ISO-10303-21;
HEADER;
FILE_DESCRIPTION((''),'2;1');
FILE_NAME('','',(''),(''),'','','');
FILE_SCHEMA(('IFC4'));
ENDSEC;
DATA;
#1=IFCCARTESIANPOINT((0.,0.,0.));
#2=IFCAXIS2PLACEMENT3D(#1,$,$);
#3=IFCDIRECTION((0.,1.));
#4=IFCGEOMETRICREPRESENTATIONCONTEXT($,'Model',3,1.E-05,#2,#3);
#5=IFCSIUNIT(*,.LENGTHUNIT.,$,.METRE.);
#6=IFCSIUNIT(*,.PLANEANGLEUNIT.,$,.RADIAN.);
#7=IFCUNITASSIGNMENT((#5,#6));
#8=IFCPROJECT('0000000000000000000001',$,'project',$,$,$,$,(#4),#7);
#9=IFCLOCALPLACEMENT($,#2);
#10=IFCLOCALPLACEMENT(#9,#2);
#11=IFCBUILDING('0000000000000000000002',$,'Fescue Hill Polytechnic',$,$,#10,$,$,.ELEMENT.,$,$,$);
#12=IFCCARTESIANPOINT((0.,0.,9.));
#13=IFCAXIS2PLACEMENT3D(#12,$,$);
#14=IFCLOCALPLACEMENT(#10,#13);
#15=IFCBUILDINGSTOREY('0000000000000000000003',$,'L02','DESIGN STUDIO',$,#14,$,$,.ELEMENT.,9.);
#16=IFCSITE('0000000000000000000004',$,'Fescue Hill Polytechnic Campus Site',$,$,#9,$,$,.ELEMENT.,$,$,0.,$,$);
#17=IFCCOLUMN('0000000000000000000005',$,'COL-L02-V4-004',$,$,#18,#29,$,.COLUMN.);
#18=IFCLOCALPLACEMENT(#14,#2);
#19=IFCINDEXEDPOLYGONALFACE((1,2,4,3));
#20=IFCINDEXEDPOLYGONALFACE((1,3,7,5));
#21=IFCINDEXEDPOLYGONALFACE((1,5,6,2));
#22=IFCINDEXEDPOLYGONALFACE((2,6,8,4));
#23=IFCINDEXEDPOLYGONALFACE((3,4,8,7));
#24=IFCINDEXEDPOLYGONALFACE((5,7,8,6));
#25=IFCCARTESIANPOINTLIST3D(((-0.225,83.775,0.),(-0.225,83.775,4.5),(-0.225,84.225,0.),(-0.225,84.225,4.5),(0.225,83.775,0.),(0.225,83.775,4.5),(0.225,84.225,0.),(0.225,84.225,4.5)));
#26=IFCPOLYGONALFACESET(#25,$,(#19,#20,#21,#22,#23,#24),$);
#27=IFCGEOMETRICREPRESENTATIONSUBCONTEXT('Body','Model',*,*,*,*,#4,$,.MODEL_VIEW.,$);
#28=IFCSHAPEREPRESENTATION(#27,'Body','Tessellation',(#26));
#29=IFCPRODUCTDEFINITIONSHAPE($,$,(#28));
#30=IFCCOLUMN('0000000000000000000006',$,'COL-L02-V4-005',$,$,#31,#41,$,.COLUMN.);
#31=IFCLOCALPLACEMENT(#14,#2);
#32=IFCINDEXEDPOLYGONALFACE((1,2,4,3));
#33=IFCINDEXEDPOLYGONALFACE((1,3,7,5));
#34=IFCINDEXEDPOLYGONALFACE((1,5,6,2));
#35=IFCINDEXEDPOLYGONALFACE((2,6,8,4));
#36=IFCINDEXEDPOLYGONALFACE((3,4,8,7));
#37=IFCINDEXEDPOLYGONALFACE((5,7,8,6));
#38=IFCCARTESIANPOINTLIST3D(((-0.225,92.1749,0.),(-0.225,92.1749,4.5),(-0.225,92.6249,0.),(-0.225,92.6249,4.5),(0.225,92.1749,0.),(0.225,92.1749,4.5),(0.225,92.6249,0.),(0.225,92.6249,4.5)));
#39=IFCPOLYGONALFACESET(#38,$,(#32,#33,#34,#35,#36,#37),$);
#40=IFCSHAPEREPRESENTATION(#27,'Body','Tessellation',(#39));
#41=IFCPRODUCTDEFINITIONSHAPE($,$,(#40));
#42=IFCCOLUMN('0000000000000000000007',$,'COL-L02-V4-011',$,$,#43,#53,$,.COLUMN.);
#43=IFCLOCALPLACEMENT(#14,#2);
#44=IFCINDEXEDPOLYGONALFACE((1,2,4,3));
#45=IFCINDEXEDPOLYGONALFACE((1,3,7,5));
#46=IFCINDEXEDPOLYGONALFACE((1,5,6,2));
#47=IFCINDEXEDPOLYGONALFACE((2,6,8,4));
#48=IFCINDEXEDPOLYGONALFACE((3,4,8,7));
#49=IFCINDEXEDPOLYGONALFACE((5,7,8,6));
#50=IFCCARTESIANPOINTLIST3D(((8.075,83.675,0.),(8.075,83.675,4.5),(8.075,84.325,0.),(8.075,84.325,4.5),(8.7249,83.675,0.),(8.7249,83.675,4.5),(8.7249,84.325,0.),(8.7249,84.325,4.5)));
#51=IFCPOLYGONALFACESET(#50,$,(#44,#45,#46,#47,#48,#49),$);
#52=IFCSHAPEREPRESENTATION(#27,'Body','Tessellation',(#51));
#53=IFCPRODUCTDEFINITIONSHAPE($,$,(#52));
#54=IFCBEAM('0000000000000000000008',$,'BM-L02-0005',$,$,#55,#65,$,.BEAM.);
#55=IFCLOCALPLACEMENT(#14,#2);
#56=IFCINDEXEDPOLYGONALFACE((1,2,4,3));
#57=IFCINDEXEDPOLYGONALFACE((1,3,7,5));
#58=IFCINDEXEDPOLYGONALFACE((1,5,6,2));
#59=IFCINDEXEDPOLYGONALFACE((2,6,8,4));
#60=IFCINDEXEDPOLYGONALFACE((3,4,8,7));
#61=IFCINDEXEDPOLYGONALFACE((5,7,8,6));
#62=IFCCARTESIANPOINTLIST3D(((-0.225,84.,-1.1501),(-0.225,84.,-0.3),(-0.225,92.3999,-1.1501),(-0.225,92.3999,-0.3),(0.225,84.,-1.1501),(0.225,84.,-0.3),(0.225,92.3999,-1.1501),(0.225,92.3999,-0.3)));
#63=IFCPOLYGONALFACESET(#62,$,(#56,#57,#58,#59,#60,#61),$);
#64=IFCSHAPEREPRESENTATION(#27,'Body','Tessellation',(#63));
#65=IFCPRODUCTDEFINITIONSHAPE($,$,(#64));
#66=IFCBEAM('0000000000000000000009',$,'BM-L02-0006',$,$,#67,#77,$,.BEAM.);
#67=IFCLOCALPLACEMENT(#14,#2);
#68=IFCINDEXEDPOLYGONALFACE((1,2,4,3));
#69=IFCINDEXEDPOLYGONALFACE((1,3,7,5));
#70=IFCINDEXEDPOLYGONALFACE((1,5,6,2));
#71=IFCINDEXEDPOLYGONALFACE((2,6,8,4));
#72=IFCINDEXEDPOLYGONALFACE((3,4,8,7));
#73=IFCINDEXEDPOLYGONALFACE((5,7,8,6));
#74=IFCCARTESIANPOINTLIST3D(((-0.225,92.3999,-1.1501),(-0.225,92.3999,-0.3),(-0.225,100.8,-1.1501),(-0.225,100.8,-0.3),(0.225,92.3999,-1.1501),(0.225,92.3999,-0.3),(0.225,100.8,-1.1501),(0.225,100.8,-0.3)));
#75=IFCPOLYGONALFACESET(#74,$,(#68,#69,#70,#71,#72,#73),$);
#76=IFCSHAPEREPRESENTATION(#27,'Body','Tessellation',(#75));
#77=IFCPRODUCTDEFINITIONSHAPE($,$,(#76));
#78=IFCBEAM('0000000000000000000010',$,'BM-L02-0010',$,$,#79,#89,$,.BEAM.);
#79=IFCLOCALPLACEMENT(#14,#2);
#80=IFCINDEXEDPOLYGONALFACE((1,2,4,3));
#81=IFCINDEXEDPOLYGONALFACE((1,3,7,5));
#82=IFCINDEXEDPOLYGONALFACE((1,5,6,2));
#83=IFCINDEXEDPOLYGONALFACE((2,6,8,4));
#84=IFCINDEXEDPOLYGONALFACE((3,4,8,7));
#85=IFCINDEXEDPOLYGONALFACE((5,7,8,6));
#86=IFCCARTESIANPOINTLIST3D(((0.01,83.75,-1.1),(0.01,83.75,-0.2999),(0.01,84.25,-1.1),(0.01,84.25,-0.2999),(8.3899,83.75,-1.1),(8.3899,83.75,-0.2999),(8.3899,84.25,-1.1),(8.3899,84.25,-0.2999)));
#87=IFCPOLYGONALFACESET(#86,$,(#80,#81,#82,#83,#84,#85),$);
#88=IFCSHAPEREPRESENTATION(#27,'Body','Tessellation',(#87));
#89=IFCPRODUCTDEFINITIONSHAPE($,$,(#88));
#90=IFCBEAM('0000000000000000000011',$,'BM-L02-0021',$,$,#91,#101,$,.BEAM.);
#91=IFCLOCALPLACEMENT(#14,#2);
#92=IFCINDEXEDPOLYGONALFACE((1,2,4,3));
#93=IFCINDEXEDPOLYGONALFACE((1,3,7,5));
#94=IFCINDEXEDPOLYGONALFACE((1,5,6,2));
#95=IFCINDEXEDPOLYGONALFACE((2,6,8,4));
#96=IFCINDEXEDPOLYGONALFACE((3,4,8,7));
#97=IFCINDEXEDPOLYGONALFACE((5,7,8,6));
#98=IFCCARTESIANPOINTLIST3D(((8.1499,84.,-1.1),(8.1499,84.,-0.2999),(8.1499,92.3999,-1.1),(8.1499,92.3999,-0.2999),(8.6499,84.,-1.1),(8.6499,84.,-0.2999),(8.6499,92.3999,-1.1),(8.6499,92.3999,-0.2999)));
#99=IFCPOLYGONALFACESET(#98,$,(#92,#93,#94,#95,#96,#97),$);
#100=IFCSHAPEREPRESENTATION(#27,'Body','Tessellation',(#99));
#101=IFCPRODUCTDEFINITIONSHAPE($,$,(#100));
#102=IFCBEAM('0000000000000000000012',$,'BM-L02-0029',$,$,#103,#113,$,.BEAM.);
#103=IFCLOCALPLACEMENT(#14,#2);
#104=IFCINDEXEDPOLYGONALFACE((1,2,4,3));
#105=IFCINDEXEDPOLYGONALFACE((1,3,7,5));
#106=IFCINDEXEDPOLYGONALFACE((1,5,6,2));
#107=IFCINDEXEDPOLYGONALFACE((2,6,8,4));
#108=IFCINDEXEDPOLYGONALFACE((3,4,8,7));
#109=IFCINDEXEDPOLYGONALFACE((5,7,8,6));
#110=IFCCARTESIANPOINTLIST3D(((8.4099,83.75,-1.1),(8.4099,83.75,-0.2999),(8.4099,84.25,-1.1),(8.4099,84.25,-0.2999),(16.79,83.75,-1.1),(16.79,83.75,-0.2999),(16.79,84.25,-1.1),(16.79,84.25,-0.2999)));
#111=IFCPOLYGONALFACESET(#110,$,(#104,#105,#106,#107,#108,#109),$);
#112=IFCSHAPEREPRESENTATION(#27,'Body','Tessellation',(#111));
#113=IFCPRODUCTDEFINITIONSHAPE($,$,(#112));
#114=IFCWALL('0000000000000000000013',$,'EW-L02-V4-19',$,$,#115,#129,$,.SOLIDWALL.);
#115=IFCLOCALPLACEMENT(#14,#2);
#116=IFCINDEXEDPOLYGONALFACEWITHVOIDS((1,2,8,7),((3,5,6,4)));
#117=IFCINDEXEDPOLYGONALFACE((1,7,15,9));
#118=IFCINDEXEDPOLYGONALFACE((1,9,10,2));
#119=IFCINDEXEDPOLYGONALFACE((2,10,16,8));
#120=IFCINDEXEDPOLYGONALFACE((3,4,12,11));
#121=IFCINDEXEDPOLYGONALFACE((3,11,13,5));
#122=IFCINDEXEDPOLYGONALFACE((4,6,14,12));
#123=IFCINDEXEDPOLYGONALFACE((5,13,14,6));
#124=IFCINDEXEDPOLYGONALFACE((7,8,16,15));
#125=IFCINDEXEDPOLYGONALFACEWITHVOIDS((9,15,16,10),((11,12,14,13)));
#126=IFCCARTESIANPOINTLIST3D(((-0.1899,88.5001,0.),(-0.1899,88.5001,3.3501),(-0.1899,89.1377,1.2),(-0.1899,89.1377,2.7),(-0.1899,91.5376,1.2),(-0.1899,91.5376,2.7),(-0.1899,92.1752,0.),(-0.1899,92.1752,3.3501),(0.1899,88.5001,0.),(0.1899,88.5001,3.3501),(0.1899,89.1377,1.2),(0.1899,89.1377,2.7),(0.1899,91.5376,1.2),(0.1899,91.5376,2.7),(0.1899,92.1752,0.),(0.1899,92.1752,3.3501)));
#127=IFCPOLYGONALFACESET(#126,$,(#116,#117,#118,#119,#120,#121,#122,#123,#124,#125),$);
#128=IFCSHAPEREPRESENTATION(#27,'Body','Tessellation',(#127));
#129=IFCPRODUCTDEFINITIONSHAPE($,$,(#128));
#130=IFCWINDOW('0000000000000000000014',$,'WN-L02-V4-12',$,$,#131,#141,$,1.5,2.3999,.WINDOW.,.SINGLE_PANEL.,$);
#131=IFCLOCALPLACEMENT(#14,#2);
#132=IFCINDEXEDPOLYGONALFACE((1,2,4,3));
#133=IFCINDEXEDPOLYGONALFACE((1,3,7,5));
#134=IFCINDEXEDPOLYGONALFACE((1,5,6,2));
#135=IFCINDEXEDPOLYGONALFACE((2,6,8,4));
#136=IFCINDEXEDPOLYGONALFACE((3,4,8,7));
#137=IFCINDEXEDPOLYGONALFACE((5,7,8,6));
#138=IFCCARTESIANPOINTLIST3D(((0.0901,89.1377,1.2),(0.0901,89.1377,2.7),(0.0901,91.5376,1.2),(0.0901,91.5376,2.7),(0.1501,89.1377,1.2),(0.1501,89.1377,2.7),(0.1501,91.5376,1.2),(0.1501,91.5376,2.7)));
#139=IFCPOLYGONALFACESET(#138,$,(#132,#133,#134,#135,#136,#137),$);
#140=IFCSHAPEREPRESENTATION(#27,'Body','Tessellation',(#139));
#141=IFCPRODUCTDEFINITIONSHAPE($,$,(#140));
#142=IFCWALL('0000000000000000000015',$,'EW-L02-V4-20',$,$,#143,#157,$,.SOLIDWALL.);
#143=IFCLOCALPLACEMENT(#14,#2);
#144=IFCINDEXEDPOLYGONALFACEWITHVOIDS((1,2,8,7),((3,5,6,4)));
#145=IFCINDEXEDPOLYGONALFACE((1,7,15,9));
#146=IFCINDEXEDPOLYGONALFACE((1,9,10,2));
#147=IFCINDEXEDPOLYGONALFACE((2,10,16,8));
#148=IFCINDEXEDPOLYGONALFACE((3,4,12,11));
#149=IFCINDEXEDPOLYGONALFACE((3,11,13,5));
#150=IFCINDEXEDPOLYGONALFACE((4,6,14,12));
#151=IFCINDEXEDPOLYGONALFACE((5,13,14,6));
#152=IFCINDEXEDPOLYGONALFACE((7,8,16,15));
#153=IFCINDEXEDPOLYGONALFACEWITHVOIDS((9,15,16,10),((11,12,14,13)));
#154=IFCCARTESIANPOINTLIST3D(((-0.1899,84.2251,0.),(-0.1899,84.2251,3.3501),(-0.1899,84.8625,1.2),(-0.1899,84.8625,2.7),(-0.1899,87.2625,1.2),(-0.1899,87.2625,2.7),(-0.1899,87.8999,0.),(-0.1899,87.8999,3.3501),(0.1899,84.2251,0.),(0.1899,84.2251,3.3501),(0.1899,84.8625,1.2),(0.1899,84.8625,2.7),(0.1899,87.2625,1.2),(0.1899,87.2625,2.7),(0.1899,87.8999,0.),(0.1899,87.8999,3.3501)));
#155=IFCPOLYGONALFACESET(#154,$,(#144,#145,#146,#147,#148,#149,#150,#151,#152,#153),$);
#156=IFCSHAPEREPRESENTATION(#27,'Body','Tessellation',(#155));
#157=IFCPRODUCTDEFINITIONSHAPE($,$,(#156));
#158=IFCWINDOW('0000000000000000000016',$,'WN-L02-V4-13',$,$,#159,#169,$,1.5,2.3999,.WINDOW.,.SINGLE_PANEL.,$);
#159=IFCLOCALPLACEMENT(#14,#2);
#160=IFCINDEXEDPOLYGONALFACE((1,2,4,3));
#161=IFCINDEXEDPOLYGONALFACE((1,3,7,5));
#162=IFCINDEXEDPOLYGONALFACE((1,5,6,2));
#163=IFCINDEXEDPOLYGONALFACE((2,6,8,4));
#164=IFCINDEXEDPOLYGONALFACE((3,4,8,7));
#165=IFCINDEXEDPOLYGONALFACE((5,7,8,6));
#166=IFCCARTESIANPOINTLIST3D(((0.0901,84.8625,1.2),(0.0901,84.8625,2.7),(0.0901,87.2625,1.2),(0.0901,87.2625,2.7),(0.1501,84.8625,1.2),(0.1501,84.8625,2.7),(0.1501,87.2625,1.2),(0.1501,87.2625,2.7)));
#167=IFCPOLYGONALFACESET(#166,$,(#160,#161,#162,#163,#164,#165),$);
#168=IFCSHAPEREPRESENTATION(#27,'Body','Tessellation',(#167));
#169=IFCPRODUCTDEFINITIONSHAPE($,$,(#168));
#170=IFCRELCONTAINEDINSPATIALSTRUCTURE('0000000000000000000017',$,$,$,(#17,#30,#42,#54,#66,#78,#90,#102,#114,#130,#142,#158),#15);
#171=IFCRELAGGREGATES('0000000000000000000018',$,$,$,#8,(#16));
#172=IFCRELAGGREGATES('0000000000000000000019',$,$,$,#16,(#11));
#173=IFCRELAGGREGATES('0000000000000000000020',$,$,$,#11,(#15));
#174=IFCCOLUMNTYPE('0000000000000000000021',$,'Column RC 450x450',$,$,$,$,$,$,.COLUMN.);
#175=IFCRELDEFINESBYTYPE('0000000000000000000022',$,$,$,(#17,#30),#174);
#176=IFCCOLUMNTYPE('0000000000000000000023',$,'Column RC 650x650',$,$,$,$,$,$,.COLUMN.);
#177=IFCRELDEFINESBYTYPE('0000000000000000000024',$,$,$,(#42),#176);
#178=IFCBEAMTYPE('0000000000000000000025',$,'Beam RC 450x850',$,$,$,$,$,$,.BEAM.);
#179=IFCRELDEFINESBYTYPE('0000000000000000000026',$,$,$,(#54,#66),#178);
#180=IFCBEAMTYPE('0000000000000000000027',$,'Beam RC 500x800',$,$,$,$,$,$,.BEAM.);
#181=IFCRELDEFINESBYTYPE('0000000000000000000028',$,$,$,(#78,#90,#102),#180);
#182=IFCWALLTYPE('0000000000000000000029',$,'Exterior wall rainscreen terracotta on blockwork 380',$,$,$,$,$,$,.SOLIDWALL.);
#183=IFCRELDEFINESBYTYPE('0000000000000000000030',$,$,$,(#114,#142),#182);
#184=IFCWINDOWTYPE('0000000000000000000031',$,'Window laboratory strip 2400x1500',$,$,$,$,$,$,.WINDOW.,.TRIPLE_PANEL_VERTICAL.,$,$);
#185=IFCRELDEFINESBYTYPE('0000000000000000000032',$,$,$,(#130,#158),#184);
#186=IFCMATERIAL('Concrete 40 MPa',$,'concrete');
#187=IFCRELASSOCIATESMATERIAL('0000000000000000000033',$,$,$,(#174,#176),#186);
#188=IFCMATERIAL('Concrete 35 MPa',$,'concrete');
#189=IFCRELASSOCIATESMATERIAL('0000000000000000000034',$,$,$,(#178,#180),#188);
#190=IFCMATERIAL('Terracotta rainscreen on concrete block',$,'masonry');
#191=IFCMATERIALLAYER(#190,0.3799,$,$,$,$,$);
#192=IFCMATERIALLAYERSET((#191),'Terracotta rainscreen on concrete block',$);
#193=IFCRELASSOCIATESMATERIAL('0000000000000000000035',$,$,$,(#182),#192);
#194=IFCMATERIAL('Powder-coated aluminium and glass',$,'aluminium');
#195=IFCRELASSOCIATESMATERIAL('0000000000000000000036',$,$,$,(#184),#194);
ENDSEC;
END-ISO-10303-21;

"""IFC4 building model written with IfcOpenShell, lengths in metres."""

from ifc_helpers import new_model, si_unit, direction, frame, frame_2d, origin, origin_2d, place, context, subcontext, project, spatial, rectangle, extrude, material, layer, layer_set, material_profile, profile_set, type_object, element, fill, save


model = new_model("IFC4")

# Units and contexts
model_context = context("Model", 3, precision=1e-05, world=origin(), true_north=direction((0.0, 1.0)))
body_context = subcontext(model_context, "Body", "Model", "MODEL_VIEW")
ifc_project = project(units=[si_unit("LENGTHUNIT", "METRE"), si_unit("PLANEANGLEUNIT", "RADIAN")], contexts=[model_context])

# Site, building, storey
site_placement = place(None, origin())
site = spatial("IfcSite", under=ifc_project, at=site_placement, Name="Fescue Hill Polytechnic Campus Site", CompositionType="ELEMENT", RefElevation=0.0)
building_placement = place(site_placement, origin())
building = spatial("IfcBuilding", under=site, at=building_placement, Name="Fescue Hill Polytechnic", CompositionType="ELEMENT")
storey_placement = place(building_placement, frame((0.0, 0.0, 9.0)))
storey = spatial("IfcBuildingStorey", under=building, at=storey_placement, Name="L02", Description="DESIGN STUDIO", CompositionType="ELEMENT", Elevation=9.0)

# Columns
ifc_material_1 = material(Name="Concrete 40 MPa", Category="concrete")
ifc_material_profile_1 = material_profile(ifc_material_1, rectangle(XDim=0.45, YDim=0.45, at=origin_2d()), Name="RC 450x450")
ifc_profile_set_1 = profile_set([ifc_material_profile_1], Name="Concrete 40 MPa")
column_type_1 = type_object("IfcColumnType", Name="Column RC 450x450", PredefinedType="COLUMN", material=ifc_profile_set_1)
for number, where, z_axis, x_axis, name in (
    (1, (0.0, 84.0, 0.0), (0.0, 0.0, 1.0), (1.0, 0.0, 0.0), "COL-L02-V4-004"),
    (2, (0.0, 92.3999, 0.0), (0.0, 0.0, 1.0), (1.0, 0.0, 0.0), "COL-L02-V4-005"),
):
    element("IfcColumn", number, at=place(storey_placement, frame(where, z_axis=z_axis, x_axis=x_axis)), inside=storey, type_object=column_type_1, Name=name, PredefinedType="COLUMN", context=body_context, shape_type="SweptSolid", body=[
        extrude(rectangle(XDim=0.45, YDim=0.45, at=origin_2d()), origin(), (0.0, 0.0, 1.0), 4.5),
    ])
ifc_material_profile_2 = material_profile(ifc_material_1, rectangle(XDim=0.6499, YDim=0.6499, at=origin_2d()), Name="RC 650x650")
ifc_profile_set_2 = profile_set([ifc_material_profile_2], Name="Concrete 40 MPa")
column_type_2 = type_object("IfcColumnType", Name="Column RC 650x650", PredefinedType="COLUMN", material=ifc_profile_set_2)
column_placement = place(storey_placement, frame((8.3999, 84.0, 0.0), z_axis=(0.0, 0.0, 1.0), x_axis=(1.0, 0.0, 0.0)))
element("IfcColumn", 3, at=column_placement, inside=storey, type_object=column_type_2, Name="COL-L02-V4-011", PredefinedType="COLUMN", context=body_context, shape_type="SweptSolid", body=[
    extrude(rectangle(XDim=0.6499, YDim=0.6499, at=origin_2d()), origin(), (0.0, 0.0, 1.0), 4.5),
])

# Beams
ifc_material_2 = material(Name="Concrete 35 MPa", Category="concrete")
ifc_material_profile_3 = material_profile(ifc_material_2, rectangle(XDim=0.45, YDim=0.8501, at=origin_2d()), Name="RC 450x850")
ifc_profile_set_3 = profile_set([ifc_material_profile_3], Name="Concrete 35 MPa")
beam_type_1 = type_object("IfcBeamType", Name="Beam RC 450x850", PredefinedType="BEAM", material=ifc_profile_set_3)
beam_1_placement = place(storey_placement, frame((0.0, 84.0, -0.7251), z_axis=(0.0, 1.0, 0.0), x_axis=(-1.0, 0.0, 0.0)))
element("IfcBeam", 4, at=beam_1_placement, inside=storey, type_object=beam_type_1, Name="BM-L02-0005", PredefinedType="BEAM", context=body_context, shape_type="SweptSolid", body=[
    extrude(rectangle(XDim=0.45, YDim=0.8501, at=origin_2d()), origin(), (0.0, 0.0, 1.0), 8.3999),
])
beam_2_placement = place(storey_placement, frame((0.0, 92.3999, -0.7251), z_axis=(0.0, 1.0, 0.0), x_axis=(-1.0, 0.0, 0.0)))
element("IfcBeam", 5, at=beam_2_placement, inside=storey, type_object=beam_type_1, Name="BM-L02-0006", PredefinedType="BEAM", context=body_context, shape_type="SweptSolid", body=[
    extrude(rectangle(XDim=0.45, YDim=0.8501, at=origin_2d()), origin(), (0.0, 0.0, 1.0), 8.4001),
])
ifc_material_profile_4 = material_profile(ifc_material_2, rectangle(XDim=0.5, YDim=0.8, at=origin_2d()), Name="RC 500x800")
ifc_profile_set_4 = profile_set([ifc_material_profile_4], Name="Concrete 35 MPa")
beam_type_2 = type_object("IfcBeamType", Name="Beam RC 500x800", PredefinedType="BEAM", material=ifc_profile_set_4)
beam_3_placement = place(storey_placement, frame((0.01, 84.0, -0.7), z_axis=(1.0, 0.0, 0.0), x_axis=(0.0, 1.0, 0.0)))
element("IfcBeam", 6, at=beam_3_placement, inside=storey, type_object=beam_type_2, Name="BM-L02-0010", PredefinedType="BEAM", context=body_context, shape_type="SweptSolid", body=[
    extrude(rectangle(XDim=0.5, YDim=0.8, at=origin_2d()), origin(), (0.0, 0.0, 1.0), 8.3799),
])
beam_4_placement = place(storey_placement, frame((8.3999, 84.0, -0.7), z_axis=(0.0, 1.0, 0.0), x_axis=(-1.0, 0.0, 0.0)))
element("IfcBeam", 7, at=beam_4_placement, inside=storey, type_object=beam_type_2, Name="BM-L02-0021", PredefinedType="BEAM", context=body_context, shape_type="SweptSolid", body=[
    extrude(rectangle(XDim=0.5, YDim=0.8, at=origin_2d()), origin(), (0.0, 0.0, 1.0), 8.3999),
])
beam_5_placement = place(storey_placement, frame((8.4099, 84.0, -0.7), z_axis=(1.0, 0.0, 0.0), x_axis=(0.0, 1.0, 0.0)))
element("IfcBeam", 8, at=beam_5_placement, inside=storey, type_object=beam_type_2, Name="BM-L02-0029", PredefinedType="BEAM", context=body_context, shape_type="SweptSolid", body=[
    extrude(rectangle(XDim=0.5, YDim=0.8, at=origin_2d()), origin(), (0.0, 0.0, 1.0), 8.3801),
])

# Walls, openings, windows
ifc_material_3 = material(Name="Terracotta rainscreen on concrete block", Category="masonry")
ifc_layer_1 = layer(ifc_material_3, 0.3799)
ifc_layer_set_1 = layer_set([ifc_layer_1], Name="Terracotta rainscreen on concrete block")
wall_type_1 = type_object("IfcWallType", Name="Exterior wall rainscreen terracotta on blockwork 380", PredefinedType="SOLIDWALL", material=ifc_layer_set_1)
wall_1_placement = place(storey_placement, frame((0.0, 92.175, 0.0), z_axis=(0.0, 0.0, 1.0), x_axis=(0.0, -1.0, 0.0)))
wall_1 = element("IfcWall", 9, at=wall_1_placement, inside=storey, type_object=wall_type_1, Name="EW-L02-V4-19", PredefinedType="SOLIDWALL", context=body_context, shape_type="SweptSolid", body=[
    extrude(rectangle(XDim=3.675, YDim=0.3799, at=frame_2d((1.8374, 0.0))), origin(), (0.0, 0.0, 1.0), 3.3501),
])
opening_1_placement = place(wall_1_placement, frame((0.6375, 0.0, 1.2)))
opening_1 = element("IfcOpeningElement", 10, at=opening_1_placement, cuts=wall_1, PredefinedType="OPENING", context=body_context, shape_type="SweptSolid", body=[
    extrude(rectangle(XDim=2.3999, YDim=1.5, at=frame_2d((1.2, 0.75))), frame((0.0, 0.2, 0.0), z_axis=(0.0, -1.0, 0.0), x_axis=(1.0, 0.0, 0.0)), (0.0, 0.0, 1.0), 0.3999),
])
ifc_material_4 = material(Name="Powder-coated aluminium and glass", Category="aluminium")
window_type = type_object("IfcWindowType", Name="Window laboratory strip 2400x1500", PartitioningType="TRIPLE_PANEL_VERTICAL", PredefinedType="WINDOW", material=ifc_material_4)
window_1_placement = place(opening_1_placement, origin())
window_1 = element("IfcWindow", 11, at=window_1_placement, inside=storey, type_object=window_type, Name="WN-L02-V4-12", OverallHeight=1.5, OverallWidth=2.3999, PartitioningType="SINGLE_PANEL", PredefinedType="WINDOW", context=body_context, shape_type="SweptSolid", body=[
    extrude(rectangle(XDim=2.3999, YDim=1.5, at=frame_2d((1.2, 0.75))), frame((0.0, 0.1501, 0.0), z_axis=(0.0, -1.0, 0.0), x_axis=(1.0, 0.0, 0.0)), (0.0, 0.0, 1.0), 0.0601),
])
fill(opening_1, window_1)
wall_2_placement = place(storey_placement, frame((0.0, 87.8999, 0.0), z_axis=(0.0, 0.0, 1.0), x_axis=(0.0, -1.0, 0.0)))
wall_2 = element("IfcWall", 12, at=wall_2_placement, inside=storey, type_object=wall_type_1, Name="EW-L02-V4-20", PredefinedType="SOLIDWALL", context=body_context, shape_type="SweptSolid", body=[
    extrude(rectangle(XDim=3.6748, YDim=0.3799, at=frame_2d((1.8374, 0.0))), origin(), (0.0, 0.0, 1.0), 3.3501),
])
opening_2_placement = place(wall_2_placement, frame((0.6375, 0.0, 1.2)))
opening_2 = element("IfcOpeningElement", 13, at=opening_2_placement, cuts=wall_2, PredefinedType="OPENING", context=body_context, shape_type="SweptSolid", body=[
    extrude(rectangle(XDim=2.3999, YDim=1.5, at=frame_2d((1.2, 0.75))), frame((0.0, 0.2, 0.0), z_axis=(0.0, -1.0, 0.0), x_axis=(1.0, 0.0, 0.0)), (0.0, 0.0, 1.0), 0.3999),
])
window_2_placement = place(opening_2_placement, origin())
window_2 = element("IfcWindow", 14, at=window_2_placement, inside=storey, type_object=window_type, Name="WN-L02-V4-13", OverallHeight=1.5, OverallWidth=2.3999, PartitioningType="SINGLE_PANEL", PredefinedType="WINDOW", context=body_context, shape_type="SweptSolid", body=[
    extrude(rectangle(XDim=2.3999, YDim=1.5, at=frame_2d((1.2, 0.75))), frame((0.0, 0.1501, 0.0), z_axis=(0.0, -1.0, 0.0), x_axis=(1.0, 0.0, 0.0)), (0.0, 0.0, 1.0), 0.0601),
])
fill(opening_2, window_2)

save(model, "model.ifc")
